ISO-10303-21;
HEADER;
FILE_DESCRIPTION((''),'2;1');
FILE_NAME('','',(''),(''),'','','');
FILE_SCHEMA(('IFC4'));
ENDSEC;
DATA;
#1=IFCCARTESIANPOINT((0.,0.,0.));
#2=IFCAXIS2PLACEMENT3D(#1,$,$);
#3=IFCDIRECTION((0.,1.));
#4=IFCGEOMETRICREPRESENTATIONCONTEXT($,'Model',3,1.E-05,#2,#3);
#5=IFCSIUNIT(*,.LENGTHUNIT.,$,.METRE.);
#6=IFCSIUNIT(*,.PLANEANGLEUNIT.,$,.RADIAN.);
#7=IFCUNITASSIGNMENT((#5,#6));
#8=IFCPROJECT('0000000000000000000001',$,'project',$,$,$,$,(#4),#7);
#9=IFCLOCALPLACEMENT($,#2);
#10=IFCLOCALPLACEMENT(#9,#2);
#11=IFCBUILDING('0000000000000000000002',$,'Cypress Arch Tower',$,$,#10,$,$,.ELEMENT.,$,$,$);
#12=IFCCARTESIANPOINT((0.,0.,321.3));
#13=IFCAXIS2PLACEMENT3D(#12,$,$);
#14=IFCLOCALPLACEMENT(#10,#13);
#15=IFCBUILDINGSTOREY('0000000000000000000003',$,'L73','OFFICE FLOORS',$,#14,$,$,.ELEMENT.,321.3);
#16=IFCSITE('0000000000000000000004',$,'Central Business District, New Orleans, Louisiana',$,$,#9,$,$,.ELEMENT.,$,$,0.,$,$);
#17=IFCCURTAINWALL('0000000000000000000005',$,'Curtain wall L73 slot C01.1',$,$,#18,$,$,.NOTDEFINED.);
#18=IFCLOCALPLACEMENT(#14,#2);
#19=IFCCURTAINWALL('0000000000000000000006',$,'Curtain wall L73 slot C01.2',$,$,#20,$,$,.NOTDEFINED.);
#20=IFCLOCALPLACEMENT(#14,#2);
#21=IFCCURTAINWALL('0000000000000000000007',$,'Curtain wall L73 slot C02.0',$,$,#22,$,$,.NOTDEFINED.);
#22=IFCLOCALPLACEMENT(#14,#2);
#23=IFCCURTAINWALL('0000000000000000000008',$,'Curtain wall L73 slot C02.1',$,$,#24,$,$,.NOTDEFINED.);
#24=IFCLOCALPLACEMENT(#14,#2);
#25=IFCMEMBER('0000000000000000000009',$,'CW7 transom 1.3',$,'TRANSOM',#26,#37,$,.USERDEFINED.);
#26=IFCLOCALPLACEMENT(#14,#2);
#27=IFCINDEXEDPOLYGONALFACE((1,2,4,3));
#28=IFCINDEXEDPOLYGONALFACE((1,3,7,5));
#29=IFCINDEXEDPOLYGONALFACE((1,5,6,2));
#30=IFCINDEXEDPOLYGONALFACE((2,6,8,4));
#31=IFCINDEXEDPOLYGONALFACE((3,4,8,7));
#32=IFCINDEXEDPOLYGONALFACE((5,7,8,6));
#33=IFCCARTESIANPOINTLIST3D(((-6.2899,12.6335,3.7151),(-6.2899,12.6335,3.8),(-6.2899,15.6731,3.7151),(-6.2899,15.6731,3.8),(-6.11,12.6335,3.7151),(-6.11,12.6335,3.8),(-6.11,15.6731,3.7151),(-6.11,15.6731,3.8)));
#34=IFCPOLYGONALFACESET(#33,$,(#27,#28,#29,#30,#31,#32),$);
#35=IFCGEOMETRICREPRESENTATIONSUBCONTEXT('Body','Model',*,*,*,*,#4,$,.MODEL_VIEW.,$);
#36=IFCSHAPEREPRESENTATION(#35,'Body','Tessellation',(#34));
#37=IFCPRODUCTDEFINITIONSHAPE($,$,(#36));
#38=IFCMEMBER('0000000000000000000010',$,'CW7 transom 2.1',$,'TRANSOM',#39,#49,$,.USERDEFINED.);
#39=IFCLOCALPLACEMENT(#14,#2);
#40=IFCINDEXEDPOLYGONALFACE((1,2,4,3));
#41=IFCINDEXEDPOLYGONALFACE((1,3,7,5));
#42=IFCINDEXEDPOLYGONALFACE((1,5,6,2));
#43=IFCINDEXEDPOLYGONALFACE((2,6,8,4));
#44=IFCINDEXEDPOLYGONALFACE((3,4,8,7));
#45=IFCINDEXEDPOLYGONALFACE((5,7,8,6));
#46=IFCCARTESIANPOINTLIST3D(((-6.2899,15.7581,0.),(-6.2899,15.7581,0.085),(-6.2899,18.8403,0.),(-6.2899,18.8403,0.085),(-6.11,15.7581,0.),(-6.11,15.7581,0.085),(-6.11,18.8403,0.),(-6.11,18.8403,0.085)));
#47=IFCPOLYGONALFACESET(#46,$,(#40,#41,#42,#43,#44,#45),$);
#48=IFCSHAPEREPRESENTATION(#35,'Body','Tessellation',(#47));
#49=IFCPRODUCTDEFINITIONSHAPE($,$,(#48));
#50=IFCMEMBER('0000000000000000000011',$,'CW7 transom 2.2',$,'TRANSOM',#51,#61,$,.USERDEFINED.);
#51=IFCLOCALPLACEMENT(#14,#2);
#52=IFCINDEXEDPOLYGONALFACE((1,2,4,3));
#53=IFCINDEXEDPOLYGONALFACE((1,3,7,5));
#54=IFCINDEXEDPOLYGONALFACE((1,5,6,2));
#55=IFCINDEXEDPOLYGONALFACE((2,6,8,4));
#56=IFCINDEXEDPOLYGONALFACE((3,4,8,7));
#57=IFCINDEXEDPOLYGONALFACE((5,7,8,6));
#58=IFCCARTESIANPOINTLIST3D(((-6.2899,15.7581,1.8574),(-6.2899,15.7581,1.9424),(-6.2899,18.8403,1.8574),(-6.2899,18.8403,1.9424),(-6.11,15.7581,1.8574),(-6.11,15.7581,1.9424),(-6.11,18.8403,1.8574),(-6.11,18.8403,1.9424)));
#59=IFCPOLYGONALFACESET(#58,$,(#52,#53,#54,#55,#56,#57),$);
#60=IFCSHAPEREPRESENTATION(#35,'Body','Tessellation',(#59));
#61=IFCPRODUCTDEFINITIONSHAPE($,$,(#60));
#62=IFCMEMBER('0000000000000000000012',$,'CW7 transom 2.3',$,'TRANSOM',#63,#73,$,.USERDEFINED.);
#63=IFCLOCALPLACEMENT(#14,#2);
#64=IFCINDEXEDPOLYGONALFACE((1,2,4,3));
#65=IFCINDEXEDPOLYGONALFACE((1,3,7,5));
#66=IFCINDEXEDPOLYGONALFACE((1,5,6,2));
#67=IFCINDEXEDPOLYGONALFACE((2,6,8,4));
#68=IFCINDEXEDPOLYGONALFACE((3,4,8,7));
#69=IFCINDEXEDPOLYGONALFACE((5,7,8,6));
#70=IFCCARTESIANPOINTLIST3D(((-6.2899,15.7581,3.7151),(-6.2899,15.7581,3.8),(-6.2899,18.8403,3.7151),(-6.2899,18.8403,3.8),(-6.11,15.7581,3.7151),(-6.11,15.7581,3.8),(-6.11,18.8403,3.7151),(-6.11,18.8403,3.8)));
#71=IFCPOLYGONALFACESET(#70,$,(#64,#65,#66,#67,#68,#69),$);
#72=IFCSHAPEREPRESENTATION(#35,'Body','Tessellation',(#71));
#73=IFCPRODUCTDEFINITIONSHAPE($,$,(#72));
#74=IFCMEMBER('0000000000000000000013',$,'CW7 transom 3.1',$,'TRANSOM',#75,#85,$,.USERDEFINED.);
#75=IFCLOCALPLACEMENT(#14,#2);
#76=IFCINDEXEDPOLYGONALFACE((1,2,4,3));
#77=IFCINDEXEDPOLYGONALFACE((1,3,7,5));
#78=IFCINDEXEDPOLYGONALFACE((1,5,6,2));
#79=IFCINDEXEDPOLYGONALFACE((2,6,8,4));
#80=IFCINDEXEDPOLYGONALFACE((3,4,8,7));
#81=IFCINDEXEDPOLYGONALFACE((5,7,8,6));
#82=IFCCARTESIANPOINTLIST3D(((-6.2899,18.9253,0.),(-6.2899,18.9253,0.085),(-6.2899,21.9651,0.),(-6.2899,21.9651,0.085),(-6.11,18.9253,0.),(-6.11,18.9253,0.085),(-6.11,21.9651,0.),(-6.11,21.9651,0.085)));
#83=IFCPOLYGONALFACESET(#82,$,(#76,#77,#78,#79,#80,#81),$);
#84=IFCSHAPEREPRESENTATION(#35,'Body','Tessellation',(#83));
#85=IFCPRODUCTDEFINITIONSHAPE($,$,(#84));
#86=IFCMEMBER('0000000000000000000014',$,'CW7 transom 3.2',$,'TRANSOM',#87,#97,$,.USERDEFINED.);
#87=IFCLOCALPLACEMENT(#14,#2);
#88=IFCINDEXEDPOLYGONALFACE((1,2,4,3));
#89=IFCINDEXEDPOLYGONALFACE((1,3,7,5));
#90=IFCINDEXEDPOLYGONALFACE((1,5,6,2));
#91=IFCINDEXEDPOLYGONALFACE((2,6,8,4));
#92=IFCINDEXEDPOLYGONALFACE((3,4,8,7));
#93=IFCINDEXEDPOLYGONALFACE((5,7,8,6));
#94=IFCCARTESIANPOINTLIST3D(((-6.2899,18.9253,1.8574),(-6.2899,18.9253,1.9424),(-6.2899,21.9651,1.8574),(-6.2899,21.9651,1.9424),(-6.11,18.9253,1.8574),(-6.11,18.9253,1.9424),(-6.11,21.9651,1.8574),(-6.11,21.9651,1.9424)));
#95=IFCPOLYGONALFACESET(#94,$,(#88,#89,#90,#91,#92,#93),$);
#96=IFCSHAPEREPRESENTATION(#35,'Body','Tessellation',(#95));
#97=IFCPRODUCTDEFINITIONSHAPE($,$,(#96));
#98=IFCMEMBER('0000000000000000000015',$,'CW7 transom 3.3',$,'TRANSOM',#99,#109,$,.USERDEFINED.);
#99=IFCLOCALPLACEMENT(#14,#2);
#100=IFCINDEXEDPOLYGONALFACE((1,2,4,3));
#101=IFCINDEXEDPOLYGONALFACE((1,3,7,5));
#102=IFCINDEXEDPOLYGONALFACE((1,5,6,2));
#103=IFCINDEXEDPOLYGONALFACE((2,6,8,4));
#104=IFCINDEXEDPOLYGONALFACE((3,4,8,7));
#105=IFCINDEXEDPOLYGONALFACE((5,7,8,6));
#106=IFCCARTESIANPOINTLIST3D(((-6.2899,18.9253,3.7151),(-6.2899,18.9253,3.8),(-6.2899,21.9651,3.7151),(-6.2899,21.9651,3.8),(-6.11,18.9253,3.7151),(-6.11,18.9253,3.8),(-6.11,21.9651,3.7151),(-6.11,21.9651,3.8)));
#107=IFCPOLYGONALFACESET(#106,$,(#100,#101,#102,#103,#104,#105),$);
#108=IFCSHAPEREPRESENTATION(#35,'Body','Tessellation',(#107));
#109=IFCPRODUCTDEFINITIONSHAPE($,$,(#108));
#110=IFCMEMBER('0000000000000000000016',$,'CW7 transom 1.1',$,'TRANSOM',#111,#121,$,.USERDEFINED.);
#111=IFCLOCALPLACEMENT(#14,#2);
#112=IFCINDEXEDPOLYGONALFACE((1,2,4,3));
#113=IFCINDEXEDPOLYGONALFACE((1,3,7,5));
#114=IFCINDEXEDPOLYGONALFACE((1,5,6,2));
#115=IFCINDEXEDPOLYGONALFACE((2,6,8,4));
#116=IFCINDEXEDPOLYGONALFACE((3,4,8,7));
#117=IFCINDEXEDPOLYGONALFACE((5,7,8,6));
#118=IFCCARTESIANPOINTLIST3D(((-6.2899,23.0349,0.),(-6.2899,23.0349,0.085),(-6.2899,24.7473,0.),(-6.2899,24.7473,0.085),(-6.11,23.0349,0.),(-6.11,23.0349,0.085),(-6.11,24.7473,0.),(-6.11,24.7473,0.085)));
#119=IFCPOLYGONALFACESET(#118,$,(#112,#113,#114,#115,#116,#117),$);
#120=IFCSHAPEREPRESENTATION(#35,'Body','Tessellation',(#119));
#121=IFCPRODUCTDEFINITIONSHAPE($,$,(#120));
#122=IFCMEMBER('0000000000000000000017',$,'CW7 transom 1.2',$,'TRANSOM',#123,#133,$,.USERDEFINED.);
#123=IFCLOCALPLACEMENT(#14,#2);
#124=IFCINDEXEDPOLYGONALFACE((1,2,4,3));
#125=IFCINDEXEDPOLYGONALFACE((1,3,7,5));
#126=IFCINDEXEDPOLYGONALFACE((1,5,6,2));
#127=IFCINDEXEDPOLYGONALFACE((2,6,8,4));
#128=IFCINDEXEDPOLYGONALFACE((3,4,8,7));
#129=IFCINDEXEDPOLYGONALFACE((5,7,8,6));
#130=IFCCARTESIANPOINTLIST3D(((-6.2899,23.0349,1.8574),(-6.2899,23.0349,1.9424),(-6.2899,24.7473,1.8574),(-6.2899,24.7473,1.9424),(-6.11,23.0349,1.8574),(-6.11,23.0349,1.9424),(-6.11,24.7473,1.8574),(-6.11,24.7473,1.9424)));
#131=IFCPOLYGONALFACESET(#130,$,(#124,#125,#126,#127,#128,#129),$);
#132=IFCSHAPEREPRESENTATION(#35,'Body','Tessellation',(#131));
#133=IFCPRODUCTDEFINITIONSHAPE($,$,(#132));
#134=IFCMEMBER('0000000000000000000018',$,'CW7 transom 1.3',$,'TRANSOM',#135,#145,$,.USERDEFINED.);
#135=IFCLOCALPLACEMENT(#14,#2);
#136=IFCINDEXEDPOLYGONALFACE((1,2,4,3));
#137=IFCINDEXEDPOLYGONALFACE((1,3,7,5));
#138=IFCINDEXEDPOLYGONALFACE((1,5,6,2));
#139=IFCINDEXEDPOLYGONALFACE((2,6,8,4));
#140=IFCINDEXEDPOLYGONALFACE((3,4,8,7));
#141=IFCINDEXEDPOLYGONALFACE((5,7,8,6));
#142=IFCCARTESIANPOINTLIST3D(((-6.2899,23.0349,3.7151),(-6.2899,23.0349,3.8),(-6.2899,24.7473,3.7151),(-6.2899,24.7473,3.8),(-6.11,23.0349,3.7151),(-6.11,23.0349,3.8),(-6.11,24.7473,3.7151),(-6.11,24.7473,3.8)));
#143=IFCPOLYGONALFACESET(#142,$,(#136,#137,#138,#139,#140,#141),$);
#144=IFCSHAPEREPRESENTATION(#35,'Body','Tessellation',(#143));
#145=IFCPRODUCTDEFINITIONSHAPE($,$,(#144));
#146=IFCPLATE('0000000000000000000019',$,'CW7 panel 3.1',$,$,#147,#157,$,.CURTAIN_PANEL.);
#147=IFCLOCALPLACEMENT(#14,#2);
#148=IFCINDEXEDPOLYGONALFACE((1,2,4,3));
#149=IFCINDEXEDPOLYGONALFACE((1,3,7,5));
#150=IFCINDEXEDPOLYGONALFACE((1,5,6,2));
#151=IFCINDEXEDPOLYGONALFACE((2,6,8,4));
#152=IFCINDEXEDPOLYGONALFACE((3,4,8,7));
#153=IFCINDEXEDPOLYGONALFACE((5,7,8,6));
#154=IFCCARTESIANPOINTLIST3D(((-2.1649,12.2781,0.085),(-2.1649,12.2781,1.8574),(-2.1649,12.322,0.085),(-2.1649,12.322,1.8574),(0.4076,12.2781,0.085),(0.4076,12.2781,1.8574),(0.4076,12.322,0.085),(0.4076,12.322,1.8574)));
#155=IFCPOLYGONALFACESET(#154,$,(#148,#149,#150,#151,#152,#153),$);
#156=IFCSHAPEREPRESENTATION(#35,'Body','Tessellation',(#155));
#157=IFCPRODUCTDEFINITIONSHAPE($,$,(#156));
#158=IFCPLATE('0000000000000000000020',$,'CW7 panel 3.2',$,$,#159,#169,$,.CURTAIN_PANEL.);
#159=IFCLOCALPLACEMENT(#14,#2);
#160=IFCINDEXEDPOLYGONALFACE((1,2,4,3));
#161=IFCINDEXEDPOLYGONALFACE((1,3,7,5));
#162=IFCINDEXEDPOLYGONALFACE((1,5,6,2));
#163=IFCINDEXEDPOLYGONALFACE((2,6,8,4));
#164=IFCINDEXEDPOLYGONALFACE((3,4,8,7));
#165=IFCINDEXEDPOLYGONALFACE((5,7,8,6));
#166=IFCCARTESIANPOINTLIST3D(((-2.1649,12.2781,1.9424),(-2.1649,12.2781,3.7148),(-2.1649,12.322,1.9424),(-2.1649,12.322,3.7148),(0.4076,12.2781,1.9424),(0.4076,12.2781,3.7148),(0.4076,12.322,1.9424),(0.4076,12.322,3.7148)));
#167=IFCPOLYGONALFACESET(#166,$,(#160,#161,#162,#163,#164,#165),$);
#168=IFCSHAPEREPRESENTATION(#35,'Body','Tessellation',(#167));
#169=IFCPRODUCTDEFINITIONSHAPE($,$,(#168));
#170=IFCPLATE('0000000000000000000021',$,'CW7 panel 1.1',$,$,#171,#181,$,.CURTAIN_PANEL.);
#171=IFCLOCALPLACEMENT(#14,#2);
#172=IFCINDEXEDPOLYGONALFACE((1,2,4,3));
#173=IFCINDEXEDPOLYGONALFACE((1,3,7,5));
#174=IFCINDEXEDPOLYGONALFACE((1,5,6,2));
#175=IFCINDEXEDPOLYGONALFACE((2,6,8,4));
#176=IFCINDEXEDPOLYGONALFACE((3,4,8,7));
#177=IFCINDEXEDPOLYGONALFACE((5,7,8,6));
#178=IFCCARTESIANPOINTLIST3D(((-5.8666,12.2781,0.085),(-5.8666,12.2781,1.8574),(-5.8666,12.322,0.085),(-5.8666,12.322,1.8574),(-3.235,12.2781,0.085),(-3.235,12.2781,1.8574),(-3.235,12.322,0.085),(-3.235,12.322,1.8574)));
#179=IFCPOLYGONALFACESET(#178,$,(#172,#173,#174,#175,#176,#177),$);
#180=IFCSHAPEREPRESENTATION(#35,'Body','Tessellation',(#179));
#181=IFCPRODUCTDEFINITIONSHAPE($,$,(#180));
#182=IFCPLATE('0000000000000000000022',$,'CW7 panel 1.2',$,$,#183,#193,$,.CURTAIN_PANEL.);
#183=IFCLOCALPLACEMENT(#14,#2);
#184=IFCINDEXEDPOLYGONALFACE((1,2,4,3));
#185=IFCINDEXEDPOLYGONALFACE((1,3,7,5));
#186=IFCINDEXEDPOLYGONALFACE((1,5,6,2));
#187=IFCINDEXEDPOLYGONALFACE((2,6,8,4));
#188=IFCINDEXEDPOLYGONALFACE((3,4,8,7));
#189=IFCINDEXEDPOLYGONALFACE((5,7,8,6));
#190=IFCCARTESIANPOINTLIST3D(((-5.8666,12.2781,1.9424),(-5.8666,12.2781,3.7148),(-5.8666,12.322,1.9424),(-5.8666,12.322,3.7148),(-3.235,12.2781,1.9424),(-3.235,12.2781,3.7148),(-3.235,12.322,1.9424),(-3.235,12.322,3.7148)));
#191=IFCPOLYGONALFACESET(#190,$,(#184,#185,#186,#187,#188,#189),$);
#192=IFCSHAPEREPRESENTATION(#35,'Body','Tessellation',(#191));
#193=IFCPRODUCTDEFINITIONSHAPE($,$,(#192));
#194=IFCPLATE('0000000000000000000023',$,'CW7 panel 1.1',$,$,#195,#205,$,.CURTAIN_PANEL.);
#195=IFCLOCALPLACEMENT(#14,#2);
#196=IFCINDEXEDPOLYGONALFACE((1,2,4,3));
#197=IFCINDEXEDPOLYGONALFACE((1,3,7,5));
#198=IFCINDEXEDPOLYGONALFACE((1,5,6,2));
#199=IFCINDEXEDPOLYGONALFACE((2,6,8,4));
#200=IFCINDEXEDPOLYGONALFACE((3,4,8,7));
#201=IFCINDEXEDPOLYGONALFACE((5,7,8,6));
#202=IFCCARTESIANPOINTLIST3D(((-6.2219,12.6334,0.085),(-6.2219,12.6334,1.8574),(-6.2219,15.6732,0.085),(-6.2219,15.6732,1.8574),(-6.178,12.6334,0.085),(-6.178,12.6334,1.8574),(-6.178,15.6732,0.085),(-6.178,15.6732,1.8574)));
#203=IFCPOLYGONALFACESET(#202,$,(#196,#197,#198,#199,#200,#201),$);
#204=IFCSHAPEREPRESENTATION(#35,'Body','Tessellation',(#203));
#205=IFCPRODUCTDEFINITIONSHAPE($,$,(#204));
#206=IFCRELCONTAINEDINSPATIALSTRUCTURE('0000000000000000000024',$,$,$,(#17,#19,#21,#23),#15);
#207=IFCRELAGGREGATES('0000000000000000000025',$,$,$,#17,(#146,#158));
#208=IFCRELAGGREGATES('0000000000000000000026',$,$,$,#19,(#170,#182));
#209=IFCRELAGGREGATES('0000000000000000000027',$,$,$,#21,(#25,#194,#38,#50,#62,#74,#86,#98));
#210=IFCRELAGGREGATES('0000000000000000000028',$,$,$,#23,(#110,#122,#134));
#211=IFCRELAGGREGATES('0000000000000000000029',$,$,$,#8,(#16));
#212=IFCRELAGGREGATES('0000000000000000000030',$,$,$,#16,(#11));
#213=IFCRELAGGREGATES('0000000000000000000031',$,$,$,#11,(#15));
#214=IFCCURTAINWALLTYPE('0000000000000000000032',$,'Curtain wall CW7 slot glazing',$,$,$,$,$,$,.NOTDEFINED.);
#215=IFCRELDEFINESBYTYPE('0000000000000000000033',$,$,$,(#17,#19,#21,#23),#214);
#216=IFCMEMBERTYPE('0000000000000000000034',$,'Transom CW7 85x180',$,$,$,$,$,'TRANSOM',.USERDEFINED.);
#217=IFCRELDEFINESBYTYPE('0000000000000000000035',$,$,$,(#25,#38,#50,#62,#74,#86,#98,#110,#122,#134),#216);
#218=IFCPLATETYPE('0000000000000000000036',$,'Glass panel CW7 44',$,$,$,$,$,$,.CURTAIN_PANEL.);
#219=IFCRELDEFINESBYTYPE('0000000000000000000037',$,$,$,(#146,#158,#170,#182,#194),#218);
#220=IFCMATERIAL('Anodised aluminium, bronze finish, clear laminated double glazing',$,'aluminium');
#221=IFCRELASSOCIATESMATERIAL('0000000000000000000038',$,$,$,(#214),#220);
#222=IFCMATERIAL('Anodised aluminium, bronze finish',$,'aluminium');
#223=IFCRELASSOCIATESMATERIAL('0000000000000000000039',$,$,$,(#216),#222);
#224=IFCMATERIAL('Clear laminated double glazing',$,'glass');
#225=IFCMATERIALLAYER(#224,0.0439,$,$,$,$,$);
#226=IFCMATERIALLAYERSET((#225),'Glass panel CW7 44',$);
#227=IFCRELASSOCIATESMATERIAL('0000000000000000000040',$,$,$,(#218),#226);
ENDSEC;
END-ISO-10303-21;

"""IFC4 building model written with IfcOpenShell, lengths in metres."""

from ifc_helpers import new_model, si_unit, direction, frame, origin, origin_2d, place, context, subcontext, project, spatial, rectangle, extrude, material, layer, layer_set, material_profile, profile_set, type_object, element, aggregate, save


model = new_model("IFC4")

# Units and contexts
model_context = context("Model", 3, precision=1e-05, world=origin(), true_north=direction((0.0, 1.0)))
body_context = subcontext(model_context, "Body", "Model", "MODEL_VIEW")
ifc_project = project(units=[si_unit("LENGTHUNIT", "METRE"), si_unit("PLANEANGLEUNIT", "RADIAN")], contexts=[model_context])

# Site, building, storey
site_placement = place(None, origin())
site = spatial("IfcSite", under=ifc_project, at=site_placement, Name="Central Business District, New Orleans, Louisiana", CompositionType="ELEMENT", RefElevation=0.0)
building_placement = place(site_placement, origin())
building = spatial("IfcBuilding", under=site, at=building_placement, Name="Cypress Arch Tower", CompositionType="ELEMENT")
storey_placement = place(building_placement, frame((0.0, 0.0, 321.3)))
storey = spatial("IfcBuildingStorey", under=building, at=storey_placement, Name="L73", Description="OFFICE FLOORS", CompositionType="ELEMENT", Elevation=321.3)

# Curtain wall
ifc_material_1 = material(Name="Anodised aluminium, bronze finish, clear laminated double glazing", Category="aluminium")
curtain_wall_type = type_object("IfcCurtainWallType", Name="Curtain wall CW7 slot glazing", PredefinedType="NOTDEFINED", material=ifc_material_1)
curtain_wall_1_placement = place(storey_placement, origin())
curtain_wall_1 = element("IfcCurtainWall", 1, at=curtain_wall_1_placement, inside=storey, type_object=curtain_wall_type, Name="Curtain wall L73 slot C01.1", PredefinedType="NOTDEFINED")

# Curtain walls
curtain_wall_2_placement = place(storey_placement, origin())
curtain_wall_2 = element("IfcCurtainWall", 2, at=curtain_wall_2_placement, inside=storey, type_object=curtain_wall_type, Name="Curtain wall L73 slot C01.2", PredefinedType="NOTDEFINED")
curtain_wall_3_placement = place(storey_placement, origin())
curtain_wall_3 = element("IfcCurtainWall", 3, at=curtain_wall_3_placement, inside=storey, type_object=curtain_wall_type, Name="Curtain wall L73 slot C02.0", PredefinedType="NOTDEFINED")
curtain_wall_4_placement = place(storey_placement, origin())
curtain_wall_4 = element("IfcCurtainWall", 4, at=curtain_wall_4_placement, inside=storey, type_object=curtain_wall_type, Name="Curtain wall L73 slot C02.1", PredefinedType="NOTDEFINED")

# Members
ifc_material_2 = material(Name="Anodised aluminium, bronze finish", Category="aluminium")
ifc_material_profile_1 = material_profile(ifc_material_2, rectangle(XDim=0.1799, YDim=0.085, at=origin_2d()), Name="Transom 85x180")
ifc_profile_set_1 = profile_set([ifc_material_profile_1], Name="Anodised aluminium, bronze finish")
member_type_1 = type_object("IfcMemberType", Name="Transom CW7 85x180", ElementType="TRANSOM", PredefinedType="USERDEFINED", material=ifc_profile_set_1)
member_1_placement = place(storey_placement, frame((-6.2, 12.6335, 3.7576), z_axis=(0.0, 1.0, 0.0), x_axis=(-1.0, 0.0, 0.0)))
member_1 = element("IfcMember", 5, at=member_1_placement, type_object=member_type_1, Name="CW7 transom 1.3", ObjectType="TRANSOM", PredefinedType="USERDEFINED", context=body_context, shape_type="SweptSolid", body=[
    extrude(rectangle(XDim=0.1799, YDim=0.085, at=origin_2d()), origin(), (0.0, 0.0, 1.0), 3.0396),
])
member_2_placement = place(storey_placement, frame((-6.2, 15.7581, 0.0425), z_axis=(0.0, 1.0, 0.0), x_axis=(-1.0, 0.0, 0.0)))
member_2 = element("IfcMember", 6, at=member_2_placement, type_object=member_type_1, Name="CW7 transom 2.1", ObjectType="TRANSOM", PredefinedType="USERDEFINED", context=body_context, shape_type="SweptSolid", body=[
    extrude(rectangle(XDim=0.1799, YDim=0.085, at=origin_2d()), origin(), (0.0, 0.0, 1.0), 3.0823),
])
member_3_placement = place(storey_placement, frame((-6.2, 15.7581, 1.8999), z_axis=(0.0, 1.0, 0.0), x_axis=(-1.0, 0.0, 0.0)))
member_3 = element("IfcMember", 7, at=member_3_placement, type_object=member_type_1, Name="CW7 transom 2.2", ObjectType="TRANSOM", PredefinedType="USERDEFINED", context=body_context, shape_type="SweptSolid", body=[
    extrude(rectangle(XDim=0.1799, YDim=0.085, at=origin_2d()), origin(), (0.0, 0.0, 1.0), 3.0823),
])
member_4_placement = place(storey_placement, frame((-6.2, 15.7581, 3.7576), z_axis=(0.0, 1.0, 0.0), x_axis=(-1.0, 0.0, 0.0)))
member_4 = element("IfcMember", 8, at=member_4_placement, type_object=member_type_1, Name="CW7 transom 2.3", ObjectType="TRANSOM", PredefinedType="USERDEFINED", context=body_context, shape_type="SweptSolid", body=[
    extrude(rectangle(XDim=0.1799, YDim=0.085, at=origin_2d()), origin(), (0.0, 0.0, 1.0), 3.0823),
])
member_5_placement = place(storey_placement, frame((-6.2, 18.9253, 0.0425), z_axis=(0.0, 1.0, 0.0), x_axis=(-1.0, 0.0, 0.0)))
member_5 = element("IfcMember", 9, at=member_5_placement, type_object=member_type_1, Name="CW7 transom 3.1", ObjectType="TRANSOM", PredefinedType="USERDEFINED", context=body_context, shape_type="SweptSolid", body=[
    extrude(rectangle(XDim=0.1799, YDim=0.085, at=origin_2d()), origin(), (0.0, 0.0, 1.0), 3.0398),
])
member_6_placement = place(storey_placement, frame((-6.2, 18.9253, 1.8999), z_axis=(0.0, 1.0, 0.0), x_axis=(-1.0, 0.0, 0.0)))
member_6 = element("IfcMember", 10, at=member_6_placement, type_object=member_type_1, Name="CW7 transom 3.2", ObjectType="TRANSOM", PredefinedType="USERDEFINED", context=body_context, shape_type="SweptSolid", body=[
    extrude(rectangle(XDim=0.1799, YDim=0.085, at=origin_2d()), origin(), (0.0, 0.0, 1.0), 3.0398),
])
member_7_placement = place(storey_placement, frame((-6.2, 18.9253, 3.7576), z_axis=(0.0, 1.0, 0.0), x_axis=(-1.0, 0.0, 0.0)))
member_7 = element("IfcMember", 11, at=member_7_placement, type_object=member_type_1, Name="CW7 transom 3.3", ObjectType="TRANSOM", PredefinedType="USERDEFINED", context=body_context, shape_type="SweptSolid", body=[
    extrude(rectangle(XDim=0.1799, YDim=0.085, at=origin_2d()), origin(), (0.0, 0.0, 1.0), 3.0398),
])
member_8_placement = place(storey_placement, frame((-6.2, 23.0349, 0.0425), z_axis=(0.0, 1.0, 0.0), x_axis=(-1.0, 0.0, 0.0)))
member_8 = element("IfcMember", 12, at=member_8_placement, type_object=member_type_1, Name="CW7 transom 1.1", ObjectType="TRANSOM", PredefinedType="USERDEFINED", context=body_context, shape_type="SweptSolid", body=[
    extrude(rectangle(XDim=0.1799, YDim=0.085, at=origin_2d()), origin(), (0.0, 0.0, 1.0), 1.7124),
])
member_9_placement = place(storey_placement, frame((-6.2, 23.0349, 1.8999), z_axis=(0.0, 1.0, 0.0), x_axis=(-1.0, 0.0, 0.0)))
member_9 = element("IfcMember", 13, at=member_9_placement, type_object=member_type_1, Name="CW7 transom 1.2", ObjectType="TRANSOM", PredefinedType="USERDEFINED", context=body_context, shape_type="SweptSolid", body=[
    extrude(rectangle(XDim=0.1799, YDim=0.085, at=origin_2d()), origin(), (0.0, 0.0, 1.0), 1.7124),
])
member_10_placement = place(storey_placement, frame((-6.2, 23.0349, 3.7576), z_axis=(0.0, 1.0, 0.0), x_axis=(-1.0, 0.0, 0.0)))
member_10 = element("IfcMember", 14, at=member_10_placement, type_object=member_type_1, Name="CW7 transom 1.3", ObjectType="TRANSOM", PredefinedType="USERDEFINED", context=body_context, shape_type="SweptSolid", body=[
    extrude(rectangle(XDim=0.1799, YDim=0.085, at=origin_2d()), origin(), (0.0, 0.0, 1.0), 1.7124),
])

# Plates
ifc_material_3 = material(Name="Clear laminated double glazing", Category="glass")
ifc_layer_1 = layer(ifc_material_3, 0.0439)
ifc_layer_set_1 = layer_set([ifc_layer_1], Name="Glass panel CW7 44")
plate_type = type_object("IfcPlateType", Name="Glass panel CW7 44", PredefinedType="CURTAIN_PANEL", material=ifc_layer_set_1)
plate_1_placement = place(storey_placement, frame((-0.8787, 12.3, 0.085), z_axis=(0.0, 0.0, 1.0), x_axis=(-1.0, 0.0, 0.0)))
plate_1 = element("IfcPlate", 15, at=plate_1_placement, type_object=plate_type, Name="CW7 panel 3.1", PredefinedType="CURTAIN_PANEL", context=body_context, shape_type="SweptSolid", body=[
    extrude(rectangle(XDim=2.5725, YDim=0.0439, at=origin_2d()), origin(), (0.0, 0.0, 1.0), 1.7725),
])
plate_2_placement = place(storey_placement, frame((-0.8787, 12.3, 1.9424), z_axis=(0.0, 0.0, 1.0), x_axis=(-1.0, 0.0, 0.0)))
plate_2 = element("IfcPlate", 16, at=plate_2_placement, type_object=plate_type, Name="CW7 panel 3.2", PredefinedType="CURTAIN_PANEL", context=body_context, shape_type="SweptSolid", body=[
    extrude(rectangle(XDim=2.5725, YDim=0.0439, at=origin_2d()), origin(), (0.0, 0.0, 1.0), 1.7725),
])
aggregate(curtain_wall_1, [plate_1, plate_2])
plate_3_placement = place(storey_placement, frame((-4.5508, 12.3, 0.085), z_axis=(0.0, 0.0, 1.0), x_axis=(-1.0, 0.0, 0.0)))
plate_3 = element("IfcPlate", 17, at=plate_3_placement, type_object=plate_type, Name="CW7 panel 1.1", PredefinedType="CURTAIN_PANEL", context=body_context, shape_type="SweptSolid", body=[
    extrude(rectangle(XDim=2.6316, YDim=0.0439, at=origin_2d()), origin(), (0.0, 0.0, 1.0), 1.7725),
])
plate_4_placement = place(storey_placement, frame((-4.5508, 12.3, 1.9424), z_axis=(0.0, 0.0, 1.0), x_axis=(-1.0, 0.0, 0.0)))
plate_4 = element("IfcPlate", 18, at=plate_4_placement, type_object=plate_type, Name="CW7 panel 1.2", PredefinedType="CURTAIN_PANEL", context=body_context, shape_type="SweptSolid", body=[
    extrude(rectangle(XDim=2.6316, YDim=0.0439, at=origin_2d()), origin(), (0.0, 0.0, 1.0), 1.7725),
])
aggregate(curtain_wall_2, [plate_3, plate_4])
plate_5_placement = place(storey_placement, frame((-6.2, 14.1533, 0.085), z_axis=(0.0, 0.0, 1.0), x_axis=(0.0, 1.0, 0.0)))
plate_5 = element("IfcPlate", 19, at=plate_5_placement, type_object=plate_type, Name="CW7 panel 1.1", PredefinedType="CURTAIN_PANEL", context=body_context, shape_type="SweptSolid", body=[
    extrude(rectangle(XDim=3.0398, YDim=0.0439, at=origin_2d()), origin(), (0.0, 0.0, 1.0), 1.7725),
])
aggregate(curtain_wall_3, [member_1, plate_5, member_2, member_3, member_4, member_5, member_6, member_7])
aggregate(curtain_wall_4, [member_8, member_9, member_10])

save(model, "model.ifc")
